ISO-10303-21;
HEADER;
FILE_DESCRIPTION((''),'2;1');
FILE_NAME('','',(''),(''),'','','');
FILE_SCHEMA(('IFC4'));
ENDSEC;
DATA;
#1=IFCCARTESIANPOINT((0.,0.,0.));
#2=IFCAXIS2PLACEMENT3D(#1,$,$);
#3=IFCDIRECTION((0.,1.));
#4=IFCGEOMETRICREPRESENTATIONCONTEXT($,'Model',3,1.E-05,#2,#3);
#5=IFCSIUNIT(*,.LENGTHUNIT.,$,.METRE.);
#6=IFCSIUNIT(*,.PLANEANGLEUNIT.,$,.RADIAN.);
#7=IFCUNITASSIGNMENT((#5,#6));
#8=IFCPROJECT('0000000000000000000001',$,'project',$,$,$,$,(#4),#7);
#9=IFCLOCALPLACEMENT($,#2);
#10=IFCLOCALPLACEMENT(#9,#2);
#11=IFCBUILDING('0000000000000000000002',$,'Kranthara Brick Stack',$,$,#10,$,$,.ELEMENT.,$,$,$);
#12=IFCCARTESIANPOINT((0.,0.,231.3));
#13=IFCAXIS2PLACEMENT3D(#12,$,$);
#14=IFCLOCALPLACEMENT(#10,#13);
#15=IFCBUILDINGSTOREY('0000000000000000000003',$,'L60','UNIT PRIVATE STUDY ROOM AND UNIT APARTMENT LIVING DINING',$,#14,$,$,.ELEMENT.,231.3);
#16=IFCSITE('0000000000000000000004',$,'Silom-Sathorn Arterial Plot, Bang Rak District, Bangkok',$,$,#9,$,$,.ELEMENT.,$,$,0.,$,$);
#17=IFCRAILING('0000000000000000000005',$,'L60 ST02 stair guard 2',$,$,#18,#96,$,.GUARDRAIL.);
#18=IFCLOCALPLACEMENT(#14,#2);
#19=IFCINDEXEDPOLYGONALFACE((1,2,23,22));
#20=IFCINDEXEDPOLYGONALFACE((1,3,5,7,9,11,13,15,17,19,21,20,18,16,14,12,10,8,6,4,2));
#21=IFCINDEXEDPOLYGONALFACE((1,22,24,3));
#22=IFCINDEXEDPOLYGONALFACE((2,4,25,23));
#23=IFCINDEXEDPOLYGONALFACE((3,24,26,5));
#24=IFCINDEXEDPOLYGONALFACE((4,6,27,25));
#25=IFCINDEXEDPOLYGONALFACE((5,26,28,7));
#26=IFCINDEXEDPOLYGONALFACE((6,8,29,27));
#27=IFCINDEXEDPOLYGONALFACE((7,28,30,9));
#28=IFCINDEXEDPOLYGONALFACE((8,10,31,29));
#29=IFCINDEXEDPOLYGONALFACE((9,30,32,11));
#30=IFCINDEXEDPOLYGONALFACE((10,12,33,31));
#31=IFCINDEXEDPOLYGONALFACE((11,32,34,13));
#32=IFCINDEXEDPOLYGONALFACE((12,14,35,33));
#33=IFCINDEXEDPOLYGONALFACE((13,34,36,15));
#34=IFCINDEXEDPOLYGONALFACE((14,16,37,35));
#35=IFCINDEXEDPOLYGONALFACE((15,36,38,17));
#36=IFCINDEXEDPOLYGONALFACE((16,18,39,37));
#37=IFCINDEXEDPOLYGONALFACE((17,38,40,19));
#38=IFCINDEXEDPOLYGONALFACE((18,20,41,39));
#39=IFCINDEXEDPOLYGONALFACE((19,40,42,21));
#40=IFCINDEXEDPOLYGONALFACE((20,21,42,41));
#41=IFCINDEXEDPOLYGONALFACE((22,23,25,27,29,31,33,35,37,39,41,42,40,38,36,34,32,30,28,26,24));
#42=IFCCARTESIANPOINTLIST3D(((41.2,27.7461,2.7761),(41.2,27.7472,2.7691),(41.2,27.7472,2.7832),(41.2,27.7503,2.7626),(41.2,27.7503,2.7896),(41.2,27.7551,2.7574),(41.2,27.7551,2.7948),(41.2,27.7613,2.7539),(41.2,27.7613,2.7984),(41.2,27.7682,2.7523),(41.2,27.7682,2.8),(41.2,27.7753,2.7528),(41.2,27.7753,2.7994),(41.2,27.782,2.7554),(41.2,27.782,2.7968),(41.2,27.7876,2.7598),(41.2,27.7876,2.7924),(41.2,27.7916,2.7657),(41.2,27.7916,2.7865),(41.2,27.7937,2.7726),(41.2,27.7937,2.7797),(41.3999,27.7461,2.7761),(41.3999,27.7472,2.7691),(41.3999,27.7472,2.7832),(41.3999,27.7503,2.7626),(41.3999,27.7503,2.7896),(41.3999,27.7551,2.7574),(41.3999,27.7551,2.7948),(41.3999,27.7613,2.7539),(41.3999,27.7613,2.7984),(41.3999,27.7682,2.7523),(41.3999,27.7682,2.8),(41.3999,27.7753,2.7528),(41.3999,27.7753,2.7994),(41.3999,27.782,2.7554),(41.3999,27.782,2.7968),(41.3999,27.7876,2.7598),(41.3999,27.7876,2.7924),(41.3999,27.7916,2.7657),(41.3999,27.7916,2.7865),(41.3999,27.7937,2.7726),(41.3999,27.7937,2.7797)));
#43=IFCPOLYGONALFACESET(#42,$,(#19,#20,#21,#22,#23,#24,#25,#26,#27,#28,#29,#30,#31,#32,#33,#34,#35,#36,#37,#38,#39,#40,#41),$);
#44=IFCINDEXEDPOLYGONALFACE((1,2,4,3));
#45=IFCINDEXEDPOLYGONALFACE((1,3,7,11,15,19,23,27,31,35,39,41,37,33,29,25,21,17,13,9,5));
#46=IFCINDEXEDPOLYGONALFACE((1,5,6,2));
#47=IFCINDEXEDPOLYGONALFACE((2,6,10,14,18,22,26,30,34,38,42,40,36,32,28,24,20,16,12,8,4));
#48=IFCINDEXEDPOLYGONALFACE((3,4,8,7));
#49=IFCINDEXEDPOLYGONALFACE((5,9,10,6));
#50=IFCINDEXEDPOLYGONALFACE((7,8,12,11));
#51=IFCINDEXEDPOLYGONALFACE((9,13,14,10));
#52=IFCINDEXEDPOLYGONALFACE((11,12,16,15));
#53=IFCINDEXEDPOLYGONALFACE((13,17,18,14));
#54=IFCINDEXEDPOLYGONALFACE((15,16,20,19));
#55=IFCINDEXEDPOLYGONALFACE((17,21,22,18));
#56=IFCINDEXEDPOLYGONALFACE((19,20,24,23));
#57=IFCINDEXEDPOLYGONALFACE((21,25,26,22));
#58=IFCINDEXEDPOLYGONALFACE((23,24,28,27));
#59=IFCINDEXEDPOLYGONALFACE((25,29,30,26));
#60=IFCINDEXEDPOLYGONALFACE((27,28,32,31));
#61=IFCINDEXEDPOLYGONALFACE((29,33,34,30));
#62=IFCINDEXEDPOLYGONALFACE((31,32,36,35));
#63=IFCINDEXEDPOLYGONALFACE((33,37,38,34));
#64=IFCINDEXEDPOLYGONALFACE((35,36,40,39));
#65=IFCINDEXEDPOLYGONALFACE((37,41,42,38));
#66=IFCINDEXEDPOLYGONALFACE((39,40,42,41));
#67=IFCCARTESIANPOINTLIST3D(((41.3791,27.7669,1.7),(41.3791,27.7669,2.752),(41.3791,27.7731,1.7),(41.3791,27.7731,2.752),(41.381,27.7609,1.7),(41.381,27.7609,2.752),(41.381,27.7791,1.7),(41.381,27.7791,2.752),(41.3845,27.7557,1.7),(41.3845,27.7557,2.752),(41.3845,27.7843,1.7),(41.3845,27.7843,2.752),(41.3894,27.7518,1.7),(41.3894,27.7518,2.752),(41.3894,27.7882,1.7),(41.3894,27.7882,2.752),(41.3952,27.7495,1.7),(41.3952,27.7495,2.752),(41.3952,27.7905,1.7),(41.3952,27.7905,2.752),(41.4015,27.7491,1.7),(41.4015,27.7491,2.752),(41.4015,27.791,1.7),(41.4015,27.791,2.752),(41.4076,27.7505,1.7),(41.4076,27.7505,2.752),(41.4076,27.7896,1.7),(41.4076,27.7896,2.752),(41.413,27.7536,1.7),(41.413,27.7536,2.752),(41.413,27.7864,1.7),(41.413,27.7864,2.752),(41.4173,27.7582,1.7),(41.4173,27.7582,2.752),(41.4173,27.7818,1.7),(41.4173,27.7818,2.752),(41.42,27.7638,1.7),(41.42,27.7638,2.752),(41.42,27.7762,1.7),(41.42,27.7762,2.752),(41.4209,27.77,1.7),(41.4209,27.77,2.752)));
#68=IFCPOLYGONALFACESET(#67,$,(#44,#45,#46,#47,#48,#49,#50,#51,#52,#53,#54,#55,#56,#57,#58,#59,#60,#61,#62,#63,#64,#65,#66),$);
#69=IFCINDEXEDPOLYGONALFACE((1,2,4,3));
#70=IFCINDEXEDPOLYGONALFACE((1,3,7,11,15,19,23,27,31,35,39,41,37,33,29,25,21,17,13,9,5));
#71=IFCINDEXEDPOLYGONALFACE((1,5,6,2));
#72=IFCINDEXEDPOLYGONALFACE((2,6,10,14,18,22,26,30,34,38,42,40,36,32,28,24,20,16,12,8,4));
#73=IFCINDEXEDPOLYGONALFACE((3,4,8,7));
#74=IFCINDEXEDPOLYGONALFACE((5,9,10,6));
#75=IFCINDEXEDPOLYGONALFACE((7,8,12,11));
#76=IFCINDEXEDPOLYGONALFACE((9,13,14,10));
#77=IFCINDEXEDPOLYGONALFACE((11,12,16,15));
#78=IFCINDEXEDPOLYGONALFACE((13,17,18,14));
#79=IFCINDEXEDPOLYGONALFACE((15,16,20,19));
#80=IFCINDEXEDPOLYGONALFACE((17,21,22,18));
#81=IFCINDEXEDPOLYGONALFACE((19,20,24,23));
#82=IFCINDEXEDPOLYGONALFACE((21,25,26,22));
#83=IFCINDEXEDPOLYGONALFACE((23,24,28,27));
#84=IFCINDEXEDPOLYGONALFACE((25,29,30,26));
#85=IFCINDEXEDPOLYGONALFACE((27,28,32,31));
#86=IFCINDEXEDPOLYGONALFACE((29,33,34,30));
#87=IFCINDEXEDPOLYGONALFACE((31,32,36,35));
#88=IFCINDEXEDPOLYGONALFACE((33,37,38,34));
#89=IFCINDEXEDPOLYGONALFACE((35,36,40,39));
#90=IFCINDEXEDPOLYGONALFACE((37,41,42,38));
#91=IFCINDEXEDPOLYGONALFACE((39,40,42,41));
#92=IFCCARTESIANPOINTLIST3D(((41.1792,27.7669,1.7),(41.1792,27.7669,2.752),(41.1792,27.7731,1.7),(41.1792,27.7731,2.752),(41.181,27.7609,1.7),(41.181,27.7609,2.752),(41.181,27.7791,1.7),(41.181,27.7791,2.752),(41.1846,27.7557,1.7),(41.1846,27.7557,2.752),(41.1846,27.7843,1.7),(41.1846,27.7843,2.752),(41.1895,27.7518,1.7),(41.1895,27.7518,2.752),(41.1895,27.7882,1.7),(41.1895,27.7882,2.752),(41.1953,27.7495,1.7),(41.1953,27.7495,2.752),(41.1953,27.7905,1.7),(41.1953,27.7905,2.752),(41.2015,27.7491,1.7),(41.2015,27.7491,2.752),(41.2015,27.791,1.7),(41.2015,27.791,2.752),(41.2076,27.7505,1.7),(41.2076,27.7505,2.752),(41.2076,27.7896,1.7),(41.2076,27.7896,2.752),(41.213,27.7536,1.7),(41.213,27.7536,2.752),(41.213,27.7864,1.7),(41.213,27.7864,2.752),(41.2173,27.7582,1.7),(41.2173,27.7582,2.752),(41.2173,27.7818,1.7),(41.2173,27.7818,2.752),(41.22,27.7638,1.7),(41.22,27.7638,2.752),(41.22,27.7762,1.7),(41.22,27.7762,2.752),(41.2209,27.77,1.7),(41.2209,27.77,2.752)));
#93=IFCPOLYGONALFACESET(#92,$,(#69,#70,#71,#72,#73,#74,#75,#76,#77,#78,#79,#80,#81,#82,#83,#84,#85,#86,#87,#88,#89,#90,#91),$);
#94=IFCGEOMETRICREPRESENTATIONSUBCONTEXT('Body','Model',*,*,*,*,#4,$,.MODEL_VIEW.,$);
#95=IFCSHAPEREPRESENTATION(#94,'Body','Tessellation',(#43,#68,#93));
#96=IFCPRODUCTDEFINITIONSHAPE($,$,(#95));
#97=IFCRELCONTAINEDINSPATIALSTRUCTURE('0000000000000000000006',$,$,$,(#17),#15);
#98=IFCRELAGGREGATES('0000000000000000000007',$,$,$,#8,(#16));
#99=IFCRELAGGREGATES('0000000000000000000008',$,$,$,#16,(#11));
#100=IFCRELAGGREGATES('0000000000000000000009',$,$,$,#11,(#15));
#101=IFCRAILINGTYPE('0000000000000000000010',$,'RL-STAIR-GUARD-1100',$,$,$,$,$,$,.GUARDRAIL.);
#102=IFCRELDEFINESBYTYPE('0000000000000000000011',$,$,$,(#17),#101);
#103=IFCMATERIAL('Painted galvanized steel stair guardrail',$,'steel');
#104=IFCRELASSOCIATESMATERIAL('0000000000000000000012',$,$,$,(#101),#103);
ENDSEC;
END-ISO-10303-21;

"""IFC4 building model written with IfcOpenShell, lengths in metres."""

from ifc_helpers import new_model, si_unit, direction, frame, origin, origin_2d, place, context, subcontext, project, spatial, circle, extrude, material, type_object, element, save


model = new_model("IFC4")

# Units and contexts
model_context = context("Model", 3, precision=1e-05, world=origin(), true_north=direction((0.0, 1.0)))
body_context = subcontext(model_context, "Body", "Model", "MODEL_VIEW")
ifc_project = project(units=[si_unit("LENGTHUNIT", "METRE"), si_unit("PLANEANGLEUNIT", "RADIAN")], contexts=[model_context])

# Site, building, storey
site_placement = place(None, origin())
site = spatial("IfcSite", under=ifc_project, at=site_placement, Name="Silom-Sathorn Arterial Plot, Bang Rak District, Bangkok", CompositionType="ELEMENT", RefElevation=0.0)
building_placement = place(site_placement, origin())
building = spatial("IfcBuilding", under=site, at=building_placement, Name="Kranthara Brick Stack", CompositionType="ELEMENT")
storey_placement = place(building_placement, frame((0.0, 0.0, 231.3)))
storey = spatial("IfcBuildingStorey", under=building, at=storey_placement, Name="L60", Description="UNIT PRIVATE STUDY ROOM AND UNIT APARTMENT LIVING DINING", CompositionType="ELEMENT", Elevation=231.3)

# Railing
ifc_material_1 = material(Name="Painted galvanized steel stair guardrail", Category="steel")
railing_type_1 = type_object("IfcRailingType", Name="RL-STAIR-GUARD-1100", PredefinedType="GUARDRAIL", material=ifc_material_1)
railing_1_placement = place(storey_placement, frame((41.3999, 27.77, 1.7)))
element("IfcRailing", 1, at=railing_1_placement, inside=storey, type_object=railing_type_1, Name="L60 ST02 stair guard 2", PredefinedType="GUARDRAIL", context=body_context, shape_type="SweptSolid", body=[
    extrude(circle(Radius=0.0239, at=origin_2d()), frame((0.0, 0.0, 1.0762), z_axis=(-1.0, 0.0, 0.0), x_axis=(0.0, -1.0, 0.0)), (0.0, 0.0, 1.0), 0.2),
    extrude(circle(Radius=0.021, at=origin_2d()), origin(), (0.0, 0.0, 1.0), 1.052),
    extrude(circle(Radius=0.021, at=origin_2d()), frame((-0.2, 0.0, 0.0)), (0.0, 0.0, 1.0), 1.052),
])

save(model, "model.ifc")
